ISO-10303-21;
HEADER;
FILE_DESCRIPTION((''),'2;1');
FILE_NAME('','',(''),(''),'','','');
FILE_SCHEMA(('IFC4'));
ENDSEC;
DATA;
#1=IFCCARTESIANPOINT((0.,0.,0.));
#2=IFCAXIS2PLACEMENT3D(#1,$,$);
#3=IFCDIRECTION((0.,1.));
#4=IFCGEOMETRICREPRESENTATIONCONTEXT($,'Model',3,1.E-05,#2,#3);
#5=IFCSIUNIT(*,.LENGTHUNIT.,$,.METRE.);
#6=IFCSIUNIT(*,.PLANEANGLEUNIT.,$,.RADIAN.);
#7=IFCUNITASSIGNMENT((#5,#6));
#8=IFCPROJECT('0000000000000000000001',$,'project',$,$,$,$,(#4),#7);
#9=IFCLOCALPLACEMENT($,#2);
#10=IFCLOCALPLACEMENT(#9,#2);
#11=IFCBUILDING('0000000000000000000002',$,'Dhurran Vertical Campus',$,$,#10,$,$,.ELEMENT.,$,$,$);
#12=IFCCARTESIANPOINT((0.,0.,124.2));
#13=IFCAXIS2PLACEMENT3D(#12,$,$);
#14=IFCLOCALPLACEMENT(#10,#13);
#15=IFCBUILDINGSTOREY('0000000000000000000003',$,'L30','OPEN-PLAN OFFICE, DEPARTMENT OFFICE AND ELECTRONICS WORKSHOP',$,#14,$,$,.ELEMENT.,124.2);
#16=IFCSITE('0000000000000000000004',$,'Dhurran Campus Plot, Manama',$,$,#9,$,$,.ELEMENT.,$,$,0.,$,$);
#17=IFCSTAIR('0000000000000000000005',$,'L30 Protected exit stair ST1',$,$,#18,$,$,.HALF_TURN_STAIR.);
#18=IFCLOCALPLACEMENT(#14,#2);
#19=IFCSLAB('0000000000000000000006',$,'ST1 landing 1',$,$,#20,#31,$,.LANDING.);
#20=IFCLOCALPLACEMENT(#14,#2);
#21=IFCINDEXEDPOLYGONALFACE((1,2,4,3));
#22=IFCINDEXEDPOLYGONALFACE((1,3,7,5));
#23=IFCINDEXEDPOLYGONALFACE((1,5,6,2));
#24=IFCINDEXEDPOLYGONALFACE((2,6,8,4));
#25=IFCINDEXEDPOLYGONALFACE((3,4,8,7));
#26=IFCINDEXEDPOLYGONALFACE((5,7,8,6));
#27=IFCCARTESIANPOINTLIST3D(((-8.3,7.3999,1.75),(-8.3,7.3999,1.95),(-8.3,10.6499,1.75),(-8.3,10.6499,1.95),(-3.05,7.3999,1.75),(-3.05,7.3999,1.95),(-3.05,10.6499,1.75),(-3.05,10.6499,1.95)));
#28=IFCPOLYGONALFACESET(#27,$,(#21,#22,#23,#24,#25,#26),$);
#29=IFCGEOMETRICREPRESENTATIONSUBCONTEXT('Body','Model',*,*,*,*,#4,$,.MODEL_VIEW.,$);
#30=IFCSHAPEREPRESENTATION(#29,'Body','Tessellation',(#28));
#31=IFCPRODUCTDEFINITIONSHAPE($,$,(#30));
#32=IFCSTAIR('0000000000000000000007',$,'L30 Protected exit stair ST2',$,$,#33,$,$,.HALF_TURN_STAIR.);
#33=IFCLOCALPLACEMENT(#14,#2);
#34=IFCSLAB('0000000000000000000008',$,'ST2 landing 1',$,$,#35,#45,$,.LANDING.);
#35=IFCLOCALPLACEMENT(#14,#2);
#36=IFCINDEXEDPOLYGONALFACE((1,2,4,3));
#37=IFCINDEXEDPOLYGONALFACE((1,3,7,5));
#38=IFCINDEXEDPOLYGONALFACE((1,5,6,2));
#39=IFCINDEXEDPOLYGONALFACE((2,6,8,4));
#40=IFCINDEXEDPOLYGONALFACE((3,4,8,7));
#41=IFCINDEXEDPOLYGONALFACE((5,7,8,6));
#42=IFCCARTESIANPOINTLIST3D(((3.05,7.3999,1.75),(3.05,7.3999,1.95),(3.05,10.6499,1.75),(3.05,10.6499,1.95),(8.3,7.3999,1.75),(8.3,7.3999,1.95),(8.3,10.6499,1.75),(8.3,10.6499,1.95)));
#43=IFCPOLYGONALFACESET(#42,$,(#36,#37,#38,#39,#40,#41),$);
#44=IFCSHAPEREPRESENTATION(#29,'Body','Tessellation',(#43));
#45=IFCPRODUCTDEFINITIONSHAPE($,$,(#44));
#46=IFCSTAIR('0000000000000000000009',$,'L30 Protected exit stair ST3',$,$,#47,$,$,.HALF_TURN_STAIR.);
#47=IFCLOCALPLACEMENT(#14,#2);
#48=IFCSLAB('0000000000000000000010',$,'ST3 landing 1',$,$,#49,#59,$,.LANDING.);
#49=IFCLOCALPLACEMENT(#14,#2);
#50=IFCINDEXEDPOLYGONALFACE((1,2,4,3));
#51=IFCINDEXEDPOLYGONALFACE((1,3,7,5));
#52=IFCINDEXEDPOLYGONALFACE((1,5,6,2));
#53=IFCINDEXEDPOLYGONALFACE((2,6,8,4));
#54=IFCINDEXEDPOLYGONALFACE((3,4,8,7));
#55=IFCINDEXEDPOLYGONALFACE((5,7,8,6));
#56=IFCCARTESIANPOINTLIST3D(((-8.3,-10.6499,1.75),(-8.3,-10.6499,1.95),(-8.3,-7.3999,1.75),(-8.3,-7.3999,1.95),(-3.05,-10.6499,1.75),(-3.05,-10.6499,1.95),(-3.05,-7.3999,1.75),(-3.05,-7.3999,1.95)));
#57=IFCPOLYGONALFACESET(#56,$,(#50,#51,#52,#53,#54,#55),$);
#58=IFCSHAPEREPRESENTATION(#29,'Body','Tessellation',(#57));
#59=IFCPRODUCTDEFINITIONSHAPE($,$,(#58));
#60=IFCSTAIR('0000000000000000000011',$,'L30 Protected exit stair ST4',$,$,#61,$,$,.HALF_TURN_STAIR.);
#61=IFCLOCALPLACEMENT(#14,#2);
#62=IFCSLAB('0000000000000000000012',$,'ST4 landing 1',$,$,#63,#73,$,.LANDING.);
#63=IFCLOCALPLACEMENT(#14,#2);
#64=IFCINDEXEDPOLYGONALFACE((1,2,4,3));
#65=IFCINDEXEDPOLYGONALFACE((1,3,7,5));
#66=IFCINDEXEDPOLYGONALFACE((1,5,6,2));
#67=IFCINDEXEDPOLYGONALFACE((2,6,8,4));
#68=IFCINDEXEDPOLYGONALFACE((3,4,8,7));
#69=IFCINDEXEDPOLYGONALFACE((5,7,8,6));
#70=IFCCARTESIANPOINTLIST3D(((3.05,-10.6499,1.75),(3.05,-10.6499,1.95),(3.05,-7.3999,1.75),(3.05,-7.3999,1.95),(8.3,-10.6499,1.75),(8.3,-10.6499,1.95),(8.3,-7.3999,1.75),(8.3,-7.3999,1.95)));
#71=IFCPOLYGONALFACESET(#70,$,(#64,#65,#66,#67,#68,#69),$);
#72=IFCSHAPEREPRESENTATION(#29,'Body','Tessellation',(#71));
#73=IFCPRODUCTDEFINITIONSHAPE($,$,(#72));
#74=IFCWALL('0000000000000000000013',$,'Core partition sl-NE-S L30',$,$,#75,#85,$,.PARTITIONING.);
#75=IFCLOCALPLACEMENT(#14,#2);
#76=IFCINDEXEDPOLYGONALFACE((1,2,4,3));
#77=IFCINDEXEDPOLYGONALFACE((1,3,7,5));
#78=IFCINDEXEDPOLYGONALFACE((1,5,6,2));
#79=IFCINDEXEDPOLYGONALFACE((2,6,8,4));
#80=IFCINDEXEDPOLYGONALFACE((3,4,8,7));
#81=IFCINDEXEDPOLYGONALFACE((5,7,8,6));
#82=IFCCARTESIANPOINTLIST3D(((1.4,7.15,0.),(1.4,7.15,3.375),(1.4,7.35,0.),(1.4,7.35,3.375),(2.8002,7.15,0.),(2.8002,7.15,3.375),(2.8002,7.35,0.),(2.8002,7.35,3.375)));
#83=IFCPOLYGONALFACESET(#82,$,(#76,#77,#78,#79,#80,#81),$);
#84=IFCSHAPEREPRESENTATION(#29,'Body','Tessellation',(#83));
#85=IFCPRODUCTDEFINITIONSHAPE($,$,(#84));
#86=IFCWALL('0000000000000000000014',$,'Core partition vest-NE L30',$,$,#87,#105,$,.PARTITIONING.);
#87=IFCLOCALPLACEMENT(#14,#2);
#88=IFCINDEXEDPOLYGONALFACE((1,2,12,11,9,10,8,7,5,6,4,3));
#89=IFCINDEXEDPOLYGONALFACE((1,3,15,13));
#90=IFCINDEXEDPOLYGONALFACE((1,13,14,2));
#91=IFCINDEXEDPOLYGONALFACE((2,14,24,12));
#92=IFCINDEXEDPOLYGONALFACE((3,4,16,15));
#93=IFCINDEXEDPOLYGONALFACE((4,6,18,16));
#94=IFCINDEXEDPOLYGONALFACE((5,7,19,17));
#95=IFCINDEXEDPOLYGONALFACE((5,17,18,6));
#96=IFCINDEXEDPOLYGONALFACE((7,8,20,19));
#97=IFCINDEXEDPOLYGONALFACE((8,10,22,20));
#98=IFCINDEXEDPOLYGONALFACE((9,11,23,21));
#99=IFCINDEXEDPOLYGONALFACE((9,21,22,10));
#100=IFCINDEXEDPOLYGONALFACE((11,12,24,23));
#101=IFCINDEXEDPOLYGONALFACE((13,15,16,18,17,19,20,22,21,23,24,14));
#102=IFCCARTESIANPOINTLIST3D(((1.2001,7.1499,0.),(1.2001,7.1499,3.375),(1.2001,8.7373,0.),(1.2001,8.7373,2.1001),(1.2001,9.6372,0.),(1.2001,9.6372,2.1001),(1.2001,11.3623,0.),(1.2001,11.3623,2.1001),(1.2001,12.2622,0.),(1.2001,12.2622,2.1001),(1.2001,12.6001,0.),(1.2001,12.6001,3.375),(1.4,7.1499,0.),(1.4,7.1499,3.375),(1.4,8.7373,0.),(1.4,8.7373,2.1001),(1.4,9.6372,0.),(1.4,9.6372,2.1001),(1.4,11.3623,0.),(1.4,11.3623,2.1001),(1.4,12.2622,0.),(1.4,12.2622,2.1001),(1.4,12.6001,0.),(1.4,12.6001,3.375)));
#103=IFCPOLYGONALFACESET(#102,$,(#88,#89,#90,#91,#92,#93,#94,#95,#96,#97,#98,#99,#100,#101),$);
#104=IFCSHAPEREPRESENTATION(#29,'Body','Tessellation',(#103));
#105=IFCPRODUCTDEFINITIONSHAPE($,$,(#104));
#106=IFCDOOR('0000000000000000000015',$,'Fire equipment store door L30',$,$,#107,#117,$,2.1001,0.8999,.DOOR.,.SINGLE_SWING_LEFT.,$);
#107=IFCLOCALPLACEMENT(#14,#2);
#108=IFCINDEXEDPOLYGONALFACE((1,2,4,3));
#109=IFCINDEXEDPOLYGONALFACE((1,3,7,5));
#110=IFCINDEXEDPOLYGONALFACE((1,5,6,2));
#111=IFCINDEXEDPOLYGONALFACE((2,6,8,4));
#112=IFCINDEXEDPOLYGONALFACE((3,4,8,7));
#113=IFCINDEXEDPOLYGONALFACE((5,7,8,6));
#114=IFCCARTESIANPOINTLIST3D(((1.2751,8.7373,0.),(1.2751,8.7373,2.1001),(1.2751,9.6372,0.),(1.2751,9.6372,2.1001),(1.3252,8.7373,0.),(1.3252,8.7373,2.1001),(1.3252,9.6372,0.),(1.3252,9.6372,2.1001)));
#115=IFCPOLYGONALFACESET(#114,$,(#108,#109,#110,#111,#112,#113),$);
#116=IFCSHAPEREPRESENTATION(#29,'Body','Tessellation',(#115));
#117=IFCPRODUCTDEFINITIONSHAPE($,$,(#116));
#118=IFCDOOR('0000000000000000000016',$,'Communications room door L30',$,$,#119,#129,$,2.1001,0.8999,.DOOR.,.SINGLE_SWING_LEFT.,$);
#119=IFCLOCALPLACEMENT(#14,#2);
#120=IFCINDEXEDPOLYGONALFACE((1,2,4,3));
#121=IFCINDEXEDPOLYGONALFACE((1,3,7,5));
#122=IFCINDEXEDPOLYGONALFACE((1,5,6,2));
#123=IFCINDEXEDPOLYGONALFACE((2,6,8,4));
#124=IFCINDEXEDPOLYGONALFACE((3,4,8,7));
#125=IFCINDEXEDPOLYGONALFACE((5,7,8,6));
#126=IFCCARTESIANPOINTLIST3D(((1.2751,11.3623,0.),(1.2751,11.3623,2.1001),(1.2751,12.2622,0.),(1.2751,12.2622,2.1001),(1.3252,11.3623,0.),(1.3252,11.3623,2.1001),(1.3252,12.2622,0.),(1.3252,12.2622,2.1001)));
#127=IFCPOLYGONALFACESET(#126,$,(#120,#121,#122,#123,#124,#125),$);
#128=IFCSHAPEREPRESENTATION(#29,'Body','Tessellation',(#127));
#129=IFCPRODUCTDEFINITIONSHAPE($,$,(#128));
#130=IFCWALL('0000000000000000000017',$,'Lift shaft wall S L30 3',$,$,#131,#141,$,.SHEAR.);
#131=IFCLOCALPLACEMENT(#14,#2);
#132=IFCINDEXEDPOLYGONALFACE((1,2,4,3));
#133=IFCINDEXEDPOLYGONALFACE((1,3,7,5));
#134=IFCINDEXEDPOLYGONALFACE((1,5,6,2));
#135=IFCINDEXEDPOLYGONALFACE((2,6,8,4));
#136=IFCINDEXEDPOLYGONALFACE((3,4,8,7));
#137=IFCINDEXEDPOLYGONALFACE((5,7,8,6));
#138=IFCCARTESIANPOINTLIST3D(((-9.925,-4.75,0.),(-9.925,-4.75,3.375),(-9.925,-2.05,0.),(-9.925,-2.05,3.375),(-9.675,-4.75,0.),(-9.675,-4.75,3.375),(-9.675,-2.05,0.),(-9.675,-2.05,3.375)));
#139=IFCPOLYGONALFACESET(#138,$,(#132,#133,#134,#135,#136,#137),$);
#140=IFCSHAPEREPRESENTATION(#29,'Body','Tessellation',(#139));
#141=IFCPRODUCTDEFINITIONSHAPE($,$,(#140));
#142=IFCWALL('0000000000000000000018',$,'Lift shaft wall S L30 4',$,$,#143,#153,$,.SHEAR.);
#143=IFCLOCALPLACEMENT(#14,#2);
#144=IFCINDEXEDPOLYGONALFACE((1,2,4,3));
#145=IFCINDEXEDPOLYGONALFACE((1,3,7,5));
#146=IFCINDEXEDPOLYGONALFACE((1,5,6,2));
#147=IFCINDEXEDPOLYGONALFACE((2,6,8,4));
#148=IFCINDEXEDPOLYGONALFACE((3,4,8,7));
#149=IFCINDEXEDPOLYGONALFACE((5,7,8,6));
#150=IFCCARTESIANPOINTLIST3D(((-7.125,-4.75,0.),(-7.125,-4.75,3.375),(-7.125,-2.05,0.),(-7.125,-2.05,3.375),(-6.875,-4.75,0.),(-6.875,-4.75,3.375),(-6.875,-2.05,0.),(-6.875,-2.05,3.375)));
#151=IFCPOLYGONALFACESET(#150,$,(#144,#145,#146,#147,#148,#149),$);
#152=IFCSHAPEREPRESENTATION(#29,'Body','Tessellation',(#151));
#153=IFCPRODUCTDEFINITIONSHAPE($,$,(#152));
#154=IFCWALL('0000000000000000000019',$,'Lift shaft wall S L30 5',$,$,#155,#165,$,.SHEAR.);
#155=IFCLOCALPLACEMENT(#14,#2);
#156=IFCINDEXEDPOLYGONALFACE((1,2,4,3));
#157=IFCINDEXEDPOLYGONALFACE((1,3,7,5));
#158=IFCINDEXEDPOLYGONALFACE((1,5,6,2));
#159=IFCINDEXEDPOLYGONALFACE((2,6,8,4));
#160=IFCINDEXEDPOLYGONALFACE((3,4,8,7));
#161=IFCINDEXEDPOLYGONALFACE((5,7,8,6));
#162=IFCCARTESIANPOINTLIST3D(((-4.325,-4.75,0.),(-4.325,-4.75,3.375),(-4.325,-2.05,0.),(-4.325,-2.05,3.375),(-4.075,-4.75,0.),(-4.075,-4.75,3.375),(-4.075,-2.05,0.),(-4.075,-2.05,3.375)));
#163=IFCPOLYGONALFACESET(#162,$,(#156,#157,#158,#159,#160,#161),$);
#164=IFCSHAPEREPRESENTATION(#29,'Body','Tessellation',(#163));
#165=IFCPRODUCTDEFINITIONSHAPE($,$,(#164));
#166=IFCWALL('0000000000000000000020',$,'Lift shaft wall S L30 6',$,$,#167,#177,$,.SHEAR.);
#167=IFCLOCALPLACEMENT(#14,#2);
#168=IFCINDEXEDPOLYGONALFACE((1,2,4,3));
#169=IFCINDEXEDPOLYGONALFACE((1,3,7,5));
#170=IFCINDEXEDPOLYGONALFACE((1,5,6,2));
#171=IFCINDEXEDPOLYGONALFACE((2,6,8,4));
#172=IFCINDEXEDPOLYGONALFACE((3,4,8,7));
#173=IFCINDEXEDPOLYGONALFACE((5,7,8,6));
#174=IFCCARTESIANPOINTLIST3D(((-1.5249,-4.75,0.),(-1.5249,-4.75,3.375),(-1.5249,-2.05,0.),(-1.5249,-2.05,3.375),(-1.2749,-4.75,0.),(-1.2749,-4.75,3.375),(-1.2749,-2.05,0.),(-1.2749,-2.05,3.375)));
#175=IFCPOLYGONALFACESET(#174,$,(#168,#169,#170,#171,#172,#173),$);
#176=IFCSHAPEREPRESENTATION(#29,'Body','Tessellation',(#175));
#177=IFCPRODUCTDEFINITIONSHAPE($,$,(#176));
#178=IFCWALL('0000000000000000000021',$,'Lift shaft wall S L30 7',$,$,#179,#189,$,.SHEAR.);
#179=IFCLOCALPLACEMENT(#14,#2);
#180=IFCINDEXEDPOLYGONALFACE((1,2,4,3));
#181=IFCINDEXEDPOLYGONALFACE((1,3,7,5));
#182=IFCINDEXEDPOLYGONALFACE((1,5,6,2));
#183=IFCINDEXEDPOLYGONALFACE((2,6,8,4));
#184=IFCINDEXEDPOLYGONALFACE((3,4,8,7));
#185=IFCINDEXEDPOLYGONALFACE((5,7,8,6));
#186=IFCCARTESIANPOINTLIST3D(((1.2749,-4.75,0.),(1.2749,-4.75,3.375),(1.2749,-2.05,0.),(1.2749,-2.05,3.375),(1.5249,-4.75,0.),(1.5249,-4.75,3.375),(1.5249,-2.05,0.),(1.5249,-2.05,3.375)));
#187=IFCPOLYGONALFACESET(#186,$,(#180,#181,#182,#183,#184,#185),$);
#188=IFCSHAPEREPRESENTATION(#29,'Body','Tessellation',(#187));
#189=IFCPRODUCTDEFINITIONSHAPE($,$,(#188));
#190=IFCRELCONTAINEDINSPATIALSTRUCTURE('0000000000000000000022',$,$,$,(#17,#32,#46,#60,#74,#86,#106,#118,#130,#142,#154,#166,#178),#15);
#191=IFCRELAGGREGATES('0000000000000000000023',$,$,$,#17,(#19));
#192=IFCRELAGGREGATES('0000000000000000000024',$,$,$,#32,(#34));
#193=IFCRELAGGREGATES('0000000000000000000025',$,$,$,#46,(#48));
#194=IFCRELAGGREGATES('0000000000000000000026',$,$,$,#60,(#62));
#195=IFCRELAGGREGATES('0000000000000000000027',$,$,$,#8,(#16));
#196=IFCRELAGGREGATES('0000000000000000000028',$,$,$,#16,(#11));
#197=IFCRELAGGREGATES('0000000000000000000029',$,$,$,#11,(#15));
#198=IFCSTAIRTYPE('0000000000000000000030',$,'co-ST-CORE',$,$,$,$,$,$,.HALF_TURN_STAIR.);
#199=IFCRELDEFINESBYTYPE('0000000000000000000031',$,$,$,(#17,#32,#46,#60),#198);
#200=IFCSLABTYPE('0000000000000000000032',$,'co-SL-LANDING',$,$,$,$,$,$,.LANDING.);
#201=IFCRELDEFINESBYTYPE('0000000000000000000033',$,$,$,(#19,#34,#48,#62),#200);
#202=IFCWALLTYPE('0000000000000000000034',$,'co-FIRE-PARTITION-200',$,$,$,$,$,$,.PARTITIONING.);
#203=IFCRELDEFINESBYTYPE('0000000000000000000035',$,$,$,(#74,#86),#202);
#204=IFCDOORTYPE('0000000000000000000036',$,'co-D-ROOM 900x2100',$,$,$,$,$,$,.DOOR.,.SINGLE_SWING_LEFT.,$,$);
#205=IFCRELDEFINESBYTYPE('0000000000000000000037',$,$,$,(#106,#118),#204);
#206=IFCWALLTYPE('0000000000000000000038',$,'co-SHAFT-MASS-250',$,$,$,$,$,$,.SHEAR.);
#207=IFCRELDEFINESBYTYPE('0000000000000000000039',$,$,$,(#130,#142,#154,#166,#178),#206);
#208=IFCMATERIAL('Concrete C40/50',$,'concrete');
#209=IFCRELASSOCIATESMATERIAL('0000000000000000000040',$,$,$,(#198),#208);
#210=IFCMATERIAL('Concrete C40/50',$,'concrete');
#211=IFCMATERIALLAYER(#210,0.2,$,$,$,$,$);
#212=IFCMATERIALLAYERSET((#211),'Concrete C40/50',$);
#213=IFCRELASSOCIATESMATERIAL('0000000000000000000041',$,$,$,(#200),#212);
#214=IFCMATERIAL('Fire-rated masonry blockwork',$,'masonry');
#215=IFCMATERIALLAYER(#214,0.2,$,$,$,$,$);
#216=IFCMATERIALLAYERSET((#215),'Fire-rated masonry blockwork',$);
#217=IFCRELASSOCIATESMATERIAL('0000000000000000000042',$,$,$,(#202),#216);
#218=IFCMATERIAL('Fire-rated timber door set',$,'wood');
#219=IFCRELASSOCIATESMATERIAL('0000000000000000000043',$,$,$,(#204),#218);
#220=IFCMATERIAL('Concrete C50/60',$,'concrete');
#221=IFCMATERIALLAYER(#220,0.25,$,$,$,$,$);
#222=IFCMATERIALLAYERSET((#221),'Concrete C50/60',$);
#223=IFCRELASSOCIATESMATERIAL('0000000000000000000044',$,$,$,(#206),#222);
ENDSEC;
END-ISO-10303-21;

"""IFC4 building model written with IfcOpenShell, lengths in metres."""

from ifc_helpers import new_model, si_unit, direction, frame, frame_2d, origin, place, context, subcontext, project, spatial, polyline, rectangle, outline, extrude, material, layer, layer_set, type_object, element, fill, aggregate, save


model = new_model("IFC4")

# Units and contexts
model_context = context("Model", 3, precision=1e-05, world=origin(), true_north=direction((0.0, 1.0)))
body_context = subcontext(model_context, "Body", "Model", "MODEL_VIEW")
ifc_project = project(units=[si_unit("LENGTHUNIT", "METRE"), si_unit("PLANEANGLEUNIT", "RADIAN")], contexts=[model_context])

# Site, building, storey
site_placement = place(None, origin())
site = spatial("IfcSite", under=ifc_project, at=site_placement, Name="Dhurran Campus Plot, Manama", CompositionType="ELEMENT", RefElevation=0.0)
building_placement = place(site_placement, origin())
building = spatial("IfcBuilding", under=site, at=building_placement, Name="Dhurran Vertical Campus", CompositionType="ELEMENT")
storey_placement = place(building_placement, frame((0.0, 0.0, 124.2)))
storey = spatial("IfcBuildingStorey", under=building, at=storey_placement, Name="L30", Description="OPEN-PLAN OFFICE, DEPARTMENT OFFICE AND ELECTRONICS WORKSHOP", CompositionType="ELEMENT", Elevation=124.2)

# Stairs, slabs
ifc_material_1 = material(Name="Concrete C40/50", Category="concrete")
stair_type = type_object("IfcStairType", Name="co-ST-CORE", PredefinedType="HALF_TURN_STAIR", material=ifc_material_1)
stair_1_placement = place(storey_placement, origin())
stair_1 = element("IfcStair", 1, at=stair_1_placement, inside=storey, type_object=stair_type, Name="L30 Protected exit stair ST1", PredefinedType="HALF_TURN_STAIR")
ifc_material_2 = material(Name="Concrete C40/50", Category="concrete")
ifc_layer_1 = layer(ifc_material_2, 0.2)
ifc_layer_set_1 = layer_set([ifc_layer_1], Name="Concrete C40/50")
slab_type = type_object("IfcSlabType", Name="co-SL-LANDING", PredefinedType="LANDING", material=ifc_layer_set_1)
slab_1_placement = place(storey_placement, frame((0.0, 0.0, 1.75)))
slab_1 = element("IfcSlab", 2, at=slab_1_placement, type_object=slab_type, Name="ST1 landing 1", PredefinedType="LANDING", context=body_context, shape_type="SweptSolid", body=[
    extrude(outline(polyline([(-8.3, 7.3999), (-3.05, 7.3999), (-3.05, 10.6499), (-8.3, 10.6499), (-8.3, 7.3999)])), origin(), (0.0, 0.0, 1.0), 0.2),
])
aggregate(stair_1, [slab_1])
stair_2_placement = place(storey_placement, origin())
stair_2 = element("IfcStair", 3, at=stair_2_placement, inside=storey, type_object=stair_type, Name="L30 Protected exit stair ST2", PredefinedType="HALF_TURN_STAIR")
slab_2_placement = place(storey_placement, frame((0.0, 0.0, 1.75)))
slab_2 = element("IfcSlab", 4, at=slab_2_placement, type_object=slab_type, Name="ST2 landing 1", PredefinedType="LANDING", context=body_context, shape_type="SweptSolid", body=[
    extrude(outline(polyline([(8.3, 10.6499), (3.05, 10.6499), (3.05, 7.3999), (8.3, 7.3999), (8.3, 10.6499)])), origin(), (0.0, 0.0, 1.0), 0.2),
])
aggregate(stair_2, [slab_2])
stair_3_placement = place(storey_placement, origin())
stair_3 = element("IfcStair", 5, at=stair_3_placement, inside=storey, type_object=stair_type, Name="L30 Protected exit stair ST3", PredefinedType="HALF_TURN_STAIR")
slab_3_placement = place(storey_placement, frame((0.0, 0.0, 1.75)))
slab_3 = element("IfcSlab", 6, at=slab_3_placement, type_object=slab_type, Name="ST3 landing 1", PredefinedType="LANDING", context=body_context, shape_type="SweptSolid", body=[
    extrude(outline(polyline([(-8.3, -10.6499), (-3.05, -10.6499), (-3.05, -7.3999), (-8.3, -7.3999), (-8.3, -10.6499)])), origin(), (0.0, 0.0, 1.0), 0.2),
])
aggregate(stair_3, [slab_3])
stair_4_placement = place(storey_placement, origin())
stair_4 = element("IfcStair", 7, at=stair_4_placement, inside=storey, type_object=stair_type, Name="L30 Protected exit stair ST4", PredefinedType="HALF_TURN_STAIR")
slab_4_placement = place(storey_placement, frame((0.0, 0.0, 1.75)))
slab_4 = element("IfcSlab", 8, at=slab_4_placement, type_object=slab_type, Name="ST4 landing 1", PredefinedType="LANDING", context=body_context, shape_type="SweptSolid", body=[
    extrude(outline(polyline([(8.3, -7.3999), (3.05, -7.3999), (3.05, -10.6499), (8.3, -10.6499), (8.3, -7.3999)])), origin(), (0.0, 0.0, 1.0), 0.2),
])
aggregate(stair_4, [slab_4])

# Wall
ifc_material_3 = material(Name="Fire-rated masonry blockwork", Category="masonry")
ifc_layer_2 = layer(ifc_material_3, 0.2)
ifc_layer_set_2 = layer_set([ifc_layer_2], Name="Fire-rated masonry blockwork")
wall_type_1 = type_object("IfcWallType", Name="co-FIRE-PARTITION-200", PredefinedType="PARTITIONING", material=ifc_layer_set_2)
wall_1_placement = place(storey_placement, frame((1.3999, 7.25, 0.0), z_axis=(0.0, 0.0, 1.0), x_axis=(1.0, 0.0, 0.0)))
element("IfcWall", 9, at=wall_1_placement, inside=storey, type_object=wall_type_1, Name="Core partition sl-NE-S L30", PredefinedType="PARTITIONING", context=body_context, shape_type="SweptSolid", body=[
    extrude(rectangle(XDim=1.4001, YDim=0.2, at=frame_2d((0.7002, 0.0))), origin(), (0.0, 0.0, 1.0), 3.375),
])

# Wall, openings, doors
wall_2_placement = place(storey_placement, frame((1.3, 7.1499, 0.0), z_axis=(0.0, 0.0, 1.0), x_axis=(0.0, 1.0, 0.0)))
wall_2 = element("IfcWall", 10, at=wall_2_placement, inside=storey, type_object=wall_type_1, Name="Core partition vest-NE L30", PredefinedType="PARTITIONING", context=body_context, shape_type="SweptSolid", body=[
    extrude(rectangle(XDim=5.4502, YDim=0.2, at=frame_2d((2.7251, 0.0))), origin(), (0.0, 0.0, 1.0), 3.375),
])
opening_1_placement = place(wall_2_placement, frame((1.5874, 0.0, 0.0)))
opening_1 = element("IfcOpeningElement", 11, at=opening_1_placement, cuts=wall_2, PredefinedType="OPENING", context=body_context, shape_type="SweptSolid", body=[
    extrude(rectangle(XDim=0.8999, YDim=2.1001, at=frame_2d((0.45, 1.05))), frame((0.0, 0.1099, 0.0), z_axis=(0.0, -1.0, 0.0), x_axis=(1.0, 0.0, 0.0)), (0.0, 0.0, 1.0), 0.22),
])
opening_2_placement = place(wall_2_placement, frame((4.2124, 0.0, 0.0)))
opening_2 = element("IfcOpeningElement", 12, at=opening_2_placement, cuts=wall_2, PredefinedType="OPENING", context=body_context, shape_type="SweptSolid", body=[
    extrude(rectangle(XDim=0.8999, YDim=2.1001, at=frame_2d((0.45, 1.05))), frame((0.0, 0.1099, 0.0), z_axis=(0.0, -1.0, 0.0), x_axis=(1.0, 0.0, 0.0)), (0.0, 0.0, 1.0), 0.22),
])
ifc_material_4 = material(Name="Fire-rated timber door set", Category="wood")
door_type_1 = type_object("IfcDoorType", Name="co-D-ROOM 900x2100", OperationType="SINGLE_SWING_LEFT", PredefinedType="DOOR", material=ifc_material_4)
door_1_placement = place(opening_1_placement, origin())
door_1 = element("IfcDoor", 13, at=door_1_placement, inside=storey, type_object=door_type_1, Name="Fire equipment store door L30", OperationType="SINGLE_SWING_LEFT", OverallHeight=2.1001, OverallWidth=0.8999, PredefinedType="DOOR", context=body_context, shape_type="SweptSolid", body=[
    extrude(rectangle(XDim=0.8999, YDim=2.1001, at=frame_2d((0.45, 1.05))), frame((0.0, 0.0249, 0.0), z_axis=(0.0, -1.0, 0.0), x_axis=(1.0, 0.0, 0.0)), (0.0, 0.0, 1.0), 0.05),
])
fill(opening_1, door_1)
door_2_placement = place(opening_2_placement, origin())
door_2 = element("IfcDoor", 14, at=door_2_placement, inside=storey, type_object=door_type_1, Name="Communications room door L30", OperationType="SINGLE_SWING_LEFT", OverallHeight=2.1001, OverallWidth=0.8999, PredefinedType="DOOR", context=body_context, shape_type="SweptSolid", body=[
    extrude(rectangle(XDim=0.8999, YDim=2.1001, at=frame_2d((0.45, 1.05))), frame((0.0, 0.0249, 0.0), z_axis=(0.0, -1.0, 0.0), x_axis=(1.0, 0.0, 0.0)), (0.0, 0.0, 1.0), 0.05),
])
fill(opening_2, door_2)

# Walls
ifc_material_5 = material(Name="Concrete C50/60", Category="concrete")
ifc_layer_3 = layer(ifc_material_5, 0.25)
ifc_layer_set_3 = layer_set([ifc_layer_3], Name="Concrete C50/60")
wall_type_2 = type_object("IfcWallType", Name="co-SHAFT-MASS-250", PredefinedType="SHEAR", material=ifc_layer_set_3)
wall_3_placement = place(storey_placement, origin())
element("IfcWall", 15, at=wall_3_placement, inside=storey, type_object=wall_type_2, Name="Lift shaft wall S L30 3", PredefinedType="SHEAR", context=body_context, shape_type="SweptSolid", body=[
    extrude(outline(polyline([(-9.925, -4.75), (-9.675, -4.75), (-9.675, -2.05), (-9.925, -2.05), (-9.925, -4.75)])), origin(), (0.0, 0.0, 1.0), 3.375),
])
wall_4_placement = place(storey_placement, origin())
element("IfcWall", 16, at=wall_4_placement, inside=storey, type_object=wall_type_2, Name="Lift shaft wall S L30 4", PredefinedType="SHEAR", context=body_context, shape_type="SweptSolid", body=[
    extrude(outline(polyline([(-7.125, -4.75), (-6.875, -4.75), (-6.875, -2.05), (-7.125, -2.05), (-7.125, -4.75)])), origin(), (0.0, 0.0, 1.0), 3.375),
])
wall_5_placement = place(storey_placement, origin())
element("IfcWall", 17, at=wall_5_placement, inside=storey, type_object=wall_type_2, Name="Lift shaft wall S L30 5", PredefinedType="SHEAR", context=body_context, shape_type="SweptSolid", body=[
    extrude(outline(polyline([(-4.325, -4.75), (-4.075, -4.75), (-4.075, -2.05), (-4.325, -2.05), (-4.325, -4.75)])), origin(), (0.0, 0.0, 1.0), 3.375),
])
wall_6_placement = place(storey_placement, origin())
element("IfcWall", 18, at=wall_6_placement, inside=storey, type_object=wall_type_2, Name="Lift shaft wall S L30 6", PredefinedType="SHEAR", context=body_context, shape_type="SweptSolid", body=[
    extrude(outline(polyline([(-1.5249, -4.75), (-1.2749, -4.75), (-1.2749, -2.05), (-1.5249, -2.05), (-1.5249, -4.75)])), origin(), (0.0, 0.0, 1.0), 3.375),
])
wall_7_placement = place(storey_placement, origin())
element("IfcWall", 19, at=wall_7_placement, inside=storey, type_object=wall_type_2, Name="Lift shaft wall S L30 7", PredefinedType="SHEAR", context=body_context, shape_type="SweptSolid", body=[
    extrude(outline(polyline([(1.2749, -4.75), (1.5249, -4.75), (1.5249, -2.05), (1.2749, -2.05), (1.2749, -4.75)])), origin(), (0.0, 0.0, 1.0), 3.375),
])

save(model, "model.ifc")
